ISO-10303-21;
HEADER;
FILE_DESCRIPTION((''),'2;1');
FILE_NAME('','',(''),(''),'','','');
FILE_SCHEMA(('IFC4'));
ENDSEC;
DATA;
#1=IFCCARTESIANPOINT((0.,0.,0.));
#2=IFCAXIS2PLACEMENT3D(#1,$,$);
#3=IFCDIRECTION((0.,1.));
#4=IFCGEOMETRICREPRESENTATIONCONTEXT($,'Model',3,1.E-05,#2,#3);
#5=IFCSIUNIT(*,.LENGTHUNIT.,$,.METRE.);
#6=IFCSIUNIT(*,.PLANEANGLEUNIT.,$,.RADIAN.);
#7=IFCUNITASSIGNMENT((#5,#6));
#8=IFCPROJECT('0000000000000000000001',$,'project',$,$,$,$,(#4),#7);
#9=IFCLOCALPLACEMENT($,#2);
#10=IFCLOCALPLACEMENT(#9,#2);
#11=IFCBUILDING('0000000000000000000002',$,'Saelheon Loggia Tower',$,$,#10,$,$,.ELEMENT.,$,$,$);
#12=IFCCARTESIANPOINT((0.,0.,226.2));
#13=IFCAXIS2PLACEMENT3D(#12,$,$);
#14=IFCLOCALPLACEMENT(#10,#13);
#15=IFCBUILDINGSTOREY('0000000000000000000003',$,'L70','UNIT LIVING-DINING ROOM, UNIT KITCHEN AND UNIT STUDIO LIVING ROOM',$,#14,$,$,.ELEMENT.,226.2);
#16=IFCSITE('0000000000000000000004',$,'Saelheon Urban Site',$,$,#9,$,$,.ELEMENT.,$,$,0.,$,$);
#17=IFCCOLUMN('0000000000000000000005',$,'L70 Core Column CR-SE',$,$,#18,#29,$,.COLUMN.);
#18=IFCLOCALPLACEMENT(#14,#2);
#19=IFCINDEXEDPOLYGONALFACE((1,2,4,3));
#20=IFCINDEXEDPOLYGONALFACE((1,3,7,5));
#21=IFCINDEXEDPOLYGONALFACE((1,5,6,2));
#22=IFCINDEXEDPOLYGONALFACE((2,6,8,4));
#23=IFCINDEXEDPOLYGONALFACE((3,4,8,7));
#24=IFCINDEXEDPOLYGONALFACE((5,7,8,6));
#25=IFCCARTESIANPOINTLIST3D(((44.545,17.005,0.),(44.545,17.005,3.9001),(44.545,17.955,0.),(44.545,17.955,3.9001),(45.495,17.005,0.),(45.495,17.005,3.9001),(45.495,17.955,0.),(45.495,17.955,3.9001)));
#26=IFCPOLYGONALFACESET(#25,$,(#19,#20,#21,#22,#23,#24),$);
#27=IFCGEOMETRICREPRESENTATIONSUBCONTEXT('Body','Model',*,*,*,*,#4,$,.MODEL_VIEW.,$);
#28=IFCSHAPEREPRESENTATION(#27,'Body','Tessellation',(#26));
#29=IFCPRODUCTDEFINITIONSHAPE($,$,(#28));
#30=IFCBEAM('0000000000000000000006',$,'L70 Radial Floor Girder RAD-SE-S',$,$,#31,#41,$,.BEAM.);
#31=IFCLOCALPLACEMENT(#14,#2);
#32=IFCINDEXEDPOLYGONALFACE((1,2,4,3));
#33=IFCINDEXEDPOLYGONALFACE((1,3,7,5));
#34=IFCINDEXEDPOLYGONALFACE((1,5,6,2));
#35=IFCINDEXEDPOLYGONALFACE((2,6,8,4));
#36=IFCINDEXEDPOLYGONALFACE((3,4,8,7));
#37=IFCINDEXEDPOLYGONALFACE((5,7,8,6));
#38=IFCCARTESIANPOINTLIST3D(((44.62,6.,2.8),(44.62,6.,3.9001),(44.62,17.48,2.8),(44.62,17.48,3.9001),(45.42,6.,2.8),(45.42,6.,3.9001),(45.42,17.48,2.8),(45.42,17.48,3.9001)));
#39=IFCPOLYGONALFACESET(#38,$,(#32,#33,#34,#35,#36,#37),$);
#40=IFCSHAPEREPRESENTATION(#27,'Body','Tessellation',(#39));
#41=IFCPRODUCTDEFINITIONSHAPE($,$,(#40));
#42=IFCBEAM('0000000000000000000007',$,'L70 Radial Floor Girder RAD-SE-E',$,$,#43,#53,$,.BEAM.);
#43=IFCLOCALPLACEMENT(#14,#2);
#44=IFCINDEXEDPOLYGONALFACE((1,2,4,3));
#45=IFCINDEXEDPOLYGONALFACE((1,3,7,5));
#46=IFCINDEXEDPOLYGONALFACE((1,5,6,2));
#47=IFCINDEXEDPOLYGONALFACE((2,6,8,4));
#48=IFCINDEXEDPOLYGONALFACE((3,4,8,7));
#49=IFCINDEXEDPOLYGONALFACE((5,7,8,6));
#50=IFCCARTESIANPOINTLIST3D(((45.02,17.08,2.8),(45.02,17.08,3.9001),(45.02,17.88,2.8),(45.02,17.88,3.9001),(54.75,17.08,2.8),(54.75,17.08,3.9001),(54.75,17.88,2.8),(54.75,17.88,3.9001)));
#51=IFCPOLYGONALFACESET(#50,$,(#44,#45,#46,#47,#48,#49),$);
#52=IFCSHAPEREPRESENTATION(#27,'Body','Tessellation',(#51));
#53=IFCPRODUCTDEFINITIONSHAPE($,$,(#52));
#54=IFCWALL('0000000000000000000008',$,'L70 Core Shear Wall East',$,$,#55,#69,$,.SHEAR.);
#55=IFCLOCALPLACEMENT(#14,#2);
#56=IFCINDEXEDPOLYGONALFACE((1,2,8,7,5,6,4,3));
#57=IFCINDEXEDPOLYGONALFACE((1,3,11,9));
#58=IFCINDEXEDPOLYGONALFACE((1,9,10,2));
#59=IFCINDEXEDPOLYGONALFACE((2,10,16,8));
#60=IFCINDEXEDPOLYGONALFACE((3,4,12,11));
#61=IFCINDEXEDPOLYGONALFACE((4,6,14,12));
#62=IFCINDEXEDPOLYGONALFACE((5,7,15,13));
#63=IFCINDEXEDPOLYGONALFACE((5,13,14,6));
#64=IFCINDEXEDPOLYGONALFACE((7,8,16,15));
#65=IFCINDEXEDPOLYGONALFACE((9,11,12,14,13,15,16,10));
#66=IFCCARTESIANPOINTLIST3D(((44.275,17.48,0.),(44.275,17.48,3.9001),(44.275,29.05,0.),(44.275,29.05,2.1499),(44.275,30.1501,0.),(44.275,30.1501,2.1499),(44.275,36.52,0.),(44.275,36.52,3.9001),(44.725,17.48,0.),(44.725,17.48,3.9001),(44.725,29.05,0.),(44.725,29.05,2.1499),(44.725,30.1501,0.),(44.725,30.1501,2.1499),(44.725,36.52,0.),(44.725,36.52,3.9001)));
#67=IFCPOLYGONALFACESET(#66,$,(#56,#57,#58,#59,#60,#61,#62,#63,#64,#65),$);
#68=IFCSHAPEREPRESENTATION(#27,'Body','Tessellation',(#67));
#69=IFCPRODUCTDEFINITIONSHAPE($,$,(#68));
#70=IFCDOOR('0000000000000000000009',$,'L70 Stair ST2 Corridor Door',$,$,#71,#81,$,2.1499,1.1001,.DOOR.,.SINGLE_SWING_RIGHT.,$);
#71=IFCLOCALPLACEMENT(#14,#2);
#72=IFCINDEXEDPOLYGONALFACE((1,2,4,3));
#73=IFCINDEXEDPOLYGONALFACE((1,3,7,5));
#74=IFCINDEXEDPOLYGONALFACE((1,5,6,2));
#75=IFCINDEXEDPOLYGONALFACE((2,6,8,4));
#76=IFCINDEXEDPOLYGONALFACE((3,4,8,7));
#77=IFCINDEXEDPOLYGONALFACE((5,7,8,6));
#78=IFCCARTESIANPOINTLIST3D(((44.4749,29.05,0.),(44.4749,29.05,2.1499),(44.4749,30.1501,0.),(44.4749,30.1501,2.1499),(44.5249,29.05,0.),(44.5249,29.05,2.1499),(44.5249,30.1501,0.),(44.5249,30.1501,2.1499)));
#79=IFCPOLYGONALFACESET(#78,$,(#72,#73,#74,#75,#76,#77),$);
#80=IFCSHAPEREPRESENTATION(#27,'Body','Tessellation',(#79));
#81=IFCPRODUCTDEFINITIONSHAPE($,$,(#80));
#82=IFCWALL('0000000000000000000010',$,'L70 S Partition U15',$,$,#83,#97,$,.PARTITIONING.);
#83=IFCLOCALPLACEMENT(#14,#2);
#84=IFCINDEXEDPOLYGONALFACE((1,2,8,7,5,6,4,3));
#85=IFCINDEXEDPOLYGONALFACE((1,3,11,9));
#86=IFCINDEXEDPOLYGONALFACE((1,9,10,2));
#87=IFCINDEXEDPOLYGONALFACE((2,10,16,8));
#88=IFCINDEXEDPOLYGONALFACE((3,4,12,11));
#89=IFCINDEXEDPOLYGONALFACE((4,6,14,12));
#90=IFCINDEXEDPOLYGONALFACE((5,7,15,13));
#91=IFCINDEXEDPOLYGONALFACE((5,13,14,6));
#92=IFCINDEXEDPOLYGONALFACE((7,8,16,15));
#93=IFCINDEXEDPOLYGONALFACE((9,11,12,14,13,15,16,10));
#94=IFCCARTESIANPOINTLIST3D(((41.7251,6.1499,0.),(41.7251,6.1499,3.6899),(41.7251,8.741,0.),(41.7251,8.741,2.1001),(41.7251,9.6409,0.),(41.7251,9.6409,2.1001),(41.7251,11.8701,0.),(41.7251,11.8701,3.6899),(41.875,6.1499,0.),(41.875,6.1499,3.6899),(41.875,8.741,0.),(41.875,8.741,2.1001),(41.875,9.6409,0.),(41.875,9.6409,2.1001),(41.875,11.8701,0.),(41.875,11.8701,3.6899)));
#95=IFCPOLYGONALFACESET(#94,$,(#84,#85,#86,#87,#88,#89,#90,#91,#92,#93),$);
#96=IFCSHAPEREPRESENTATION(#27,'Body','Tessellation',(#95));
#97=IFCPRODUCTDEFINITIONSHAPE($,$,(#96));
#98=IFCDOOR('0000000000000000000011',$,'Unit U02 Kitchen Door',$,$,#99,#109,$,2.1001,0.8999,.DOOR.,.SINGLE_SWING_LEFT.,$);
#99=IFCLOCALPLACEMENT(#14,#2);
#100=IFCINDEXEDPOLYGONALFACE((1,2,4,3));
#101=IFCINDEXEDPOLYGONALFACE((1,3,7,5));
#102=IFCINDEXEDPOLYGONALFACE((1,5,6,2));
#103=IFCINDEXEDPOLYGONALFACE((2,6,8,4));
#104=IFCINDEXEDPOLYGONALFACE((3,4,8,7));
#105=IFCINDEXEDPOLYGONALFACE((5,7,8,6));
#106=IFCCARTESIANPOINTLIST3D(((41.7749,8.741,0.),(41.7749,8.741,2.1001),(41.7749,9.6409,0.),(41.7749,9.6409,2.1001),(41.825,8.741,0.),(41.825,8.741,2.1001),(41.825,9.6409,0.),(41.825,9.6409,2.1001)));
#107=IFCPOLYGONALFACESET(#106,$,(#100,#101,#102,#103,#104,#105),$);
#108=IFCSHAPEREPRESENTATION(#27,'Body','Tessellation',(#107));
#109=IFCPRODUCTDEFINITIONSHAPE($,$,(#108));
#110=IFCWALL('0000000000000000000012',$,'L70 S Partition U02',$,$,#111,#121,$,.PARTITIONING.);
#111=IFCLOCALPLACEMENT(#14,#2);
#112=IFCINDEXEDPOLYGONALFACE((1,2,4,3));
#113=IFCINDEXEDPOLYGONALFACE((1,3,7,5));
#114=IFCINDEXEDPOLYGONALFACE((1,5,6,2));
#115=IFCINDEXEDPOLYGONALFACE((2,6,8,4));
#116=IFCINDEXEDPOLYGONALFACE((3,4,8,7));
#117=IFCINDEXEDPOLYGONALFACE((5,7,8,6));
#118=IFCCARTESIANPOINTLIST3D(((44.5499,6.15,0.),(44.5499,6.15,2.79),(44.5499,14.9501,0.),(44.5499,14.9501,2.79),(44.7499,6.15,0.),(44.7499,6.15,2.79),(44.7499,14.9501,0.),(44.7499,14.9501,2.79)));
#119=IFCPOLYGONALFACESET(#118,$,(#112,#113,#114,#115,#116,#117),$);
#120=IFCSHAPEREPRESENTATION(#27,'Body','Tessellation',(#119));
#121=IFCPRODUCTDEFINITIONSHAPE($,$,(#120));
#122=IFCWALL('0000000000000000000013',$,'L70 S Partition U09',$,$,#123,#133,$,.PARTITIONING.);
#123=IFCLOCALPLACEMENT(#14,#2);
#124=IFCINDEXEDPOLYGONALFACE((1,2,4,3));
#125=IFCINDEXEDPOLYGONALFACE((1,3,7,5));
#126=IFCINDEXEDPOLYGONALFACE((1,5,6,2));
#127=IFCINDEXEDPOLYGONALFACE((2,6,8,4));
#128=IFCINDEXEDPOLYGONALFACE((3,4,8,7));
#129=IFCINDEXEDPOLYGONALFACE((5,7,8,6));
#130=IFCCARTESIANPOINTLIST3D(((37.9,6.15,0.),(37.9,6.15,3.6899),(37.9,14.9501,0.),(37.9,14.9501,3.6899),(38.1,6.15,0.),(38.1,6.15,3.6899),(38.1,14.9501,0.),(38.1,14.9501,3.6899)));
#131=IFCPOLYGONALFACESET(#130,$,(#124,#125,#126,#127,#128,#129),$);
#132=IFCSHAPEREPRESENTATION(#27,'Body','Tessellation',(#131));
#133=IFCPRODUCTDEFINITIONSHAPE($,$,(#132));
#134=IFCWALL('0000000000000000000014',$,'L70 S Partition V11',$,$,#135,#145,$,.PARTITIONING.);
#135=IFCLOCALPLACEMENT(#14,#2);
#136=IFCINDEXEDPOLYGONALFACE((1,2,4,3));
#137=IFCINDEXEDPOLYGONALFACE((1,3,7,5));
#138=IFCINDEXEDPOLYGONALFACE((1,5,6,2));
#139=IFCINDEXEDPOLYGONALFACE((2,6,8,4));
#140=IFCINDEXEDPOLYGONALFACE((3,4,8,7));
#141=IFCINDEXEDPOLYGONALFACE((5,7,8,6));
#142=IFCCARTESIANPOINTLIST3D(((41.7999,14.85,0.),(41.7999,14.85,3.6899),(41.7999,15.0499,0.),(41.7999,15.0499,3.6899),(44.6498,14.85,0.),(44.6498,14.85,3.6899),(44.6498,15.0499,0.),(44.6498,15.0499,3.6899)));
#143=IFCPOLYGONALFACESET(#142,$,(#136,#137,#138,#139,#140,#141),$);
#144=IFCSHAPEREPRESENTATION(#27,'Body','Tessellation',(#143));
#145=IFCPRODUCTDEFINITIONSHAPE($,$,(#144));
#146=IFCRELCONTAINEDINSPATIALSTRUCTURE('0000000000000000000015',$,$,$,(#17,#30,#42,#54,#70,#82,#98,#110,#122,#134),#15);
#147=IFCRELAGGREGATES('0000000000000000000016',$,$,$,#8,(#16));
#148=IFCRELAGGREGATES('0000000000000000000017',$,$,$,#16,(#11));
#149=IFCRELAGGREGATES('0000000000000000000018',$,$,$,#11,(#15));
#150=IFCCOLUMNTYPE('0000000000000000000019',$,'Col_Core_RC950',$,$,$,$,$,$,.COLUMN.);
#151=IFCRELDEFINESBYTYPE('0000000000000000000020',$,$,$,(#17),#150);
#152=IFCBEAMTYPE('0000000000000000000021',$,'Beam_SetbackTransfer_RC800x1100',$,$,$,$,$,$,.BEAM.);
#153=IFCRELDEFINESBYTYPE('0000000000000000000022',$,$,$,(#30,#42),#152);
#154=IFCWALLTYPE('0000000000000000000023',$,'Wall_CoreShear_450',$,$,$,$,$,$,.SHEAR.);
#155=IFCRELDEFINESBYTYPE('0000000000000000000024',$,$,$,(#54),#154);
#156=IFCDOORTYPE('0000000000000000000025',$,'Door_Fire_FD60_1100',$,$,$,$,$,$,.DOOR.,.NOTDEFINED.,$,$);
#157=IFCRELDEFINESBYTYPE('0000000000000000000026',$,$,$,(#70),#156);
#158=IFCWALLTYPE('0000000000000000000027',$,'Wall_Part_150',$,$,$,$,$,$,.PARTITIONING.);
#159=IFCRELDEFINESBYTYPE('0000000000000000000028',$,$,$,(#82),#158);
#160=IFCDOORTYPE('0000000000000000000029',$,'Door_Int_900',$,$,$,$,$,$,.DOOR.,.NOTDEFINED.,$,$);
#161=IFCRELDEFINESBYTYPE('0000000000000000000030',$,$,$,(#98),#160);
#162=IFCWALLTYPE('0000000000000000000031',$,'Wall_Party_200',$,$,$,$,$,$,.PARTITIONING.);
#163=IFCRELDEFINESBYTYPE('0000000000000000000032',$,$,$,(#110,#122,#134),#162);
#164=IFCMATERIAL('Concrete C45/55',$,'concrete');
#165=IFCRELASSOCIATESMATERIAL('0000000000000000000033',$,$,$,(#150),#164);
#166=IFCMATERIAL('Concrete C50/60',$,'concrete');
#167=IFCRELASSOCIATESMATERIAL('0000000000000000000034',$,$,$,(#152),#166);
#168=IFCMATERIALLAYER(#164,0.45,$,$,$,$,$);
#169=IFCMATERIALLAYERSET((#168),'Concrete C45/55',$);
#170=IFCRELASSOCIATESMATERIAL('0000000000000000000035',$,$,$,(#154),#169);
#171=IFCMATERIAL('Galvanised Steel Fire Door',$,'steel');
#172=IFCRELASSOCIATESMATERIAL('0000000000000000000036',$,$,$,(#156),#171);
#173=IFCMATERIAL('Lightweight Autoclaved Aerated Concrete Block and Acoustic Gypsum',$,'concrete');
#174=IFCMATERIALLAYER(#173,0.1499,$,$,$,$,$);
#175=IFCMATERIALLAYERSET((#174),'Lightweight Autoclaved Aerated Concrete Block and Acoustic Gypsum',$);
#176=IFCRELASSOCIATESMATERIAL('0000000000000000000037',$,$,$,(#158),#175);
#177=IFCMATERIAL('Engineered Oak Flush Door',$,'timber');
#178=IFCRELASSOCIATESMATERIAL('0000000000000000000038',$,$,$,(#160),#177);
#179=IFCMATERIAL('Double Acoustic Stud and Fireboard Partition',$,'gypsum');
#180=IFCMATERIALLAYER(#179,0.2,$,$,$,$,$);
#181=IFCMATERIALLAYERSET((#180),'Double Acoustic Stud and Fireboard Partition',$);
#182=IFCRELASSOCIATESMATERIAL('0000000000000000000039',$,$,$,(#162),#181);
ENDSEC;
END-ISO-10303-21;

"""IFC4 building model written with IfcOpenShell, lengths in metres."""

from ifc_helpers import new_model, si_unit, direction, frame, frame_2d, origin, origin_2d, place, context, subcontext, project, spatial, rectangle, extrude, source, transform, mapped, material, layer, layer_set, material_profile, profile_set, type_object, element, fill, save


model = new_model("IFC4")

# Units and contexts
model_context = context("Model", 3, precision=1e-05, world=origin(), true_north=direction((0.0, 1.0)))
body_context = subcontext(model_context, "Body", "Model", "MODEL_VIEW")
ifc_project = project(units=[si_unit("LENGTHUNIT", "METRE"), si_unit("PLANEANGLEUNIT", "RADIAN")], contexts=[model_context])

# Site, building, storey
site_placement = place(None, origin())
site = spatial("IfcSite", under=ifc_project, at=site_placement, Name="Saelheon Urban Site", CompositionType="ELEMENT", RefElevation=0.0)
building_placement = place(site_placement, origin())
building = spatial("IfcBuilding", under=site, at=building_placement, Name="Saelheon Loggia Tower", CompositionType="ELEMENT")
storey_placement = place(building_placement, frame((0.0, 0.0, 226.2)))
storey = spatial("IfcBuildingStorey", under=building, at=storey_placement, Name="L70", Description="UNIT LIVING-DINING ROOM, UNIT KITCHEN AND UNIT STUDIO LIVING ROOM", CompositionType="ELEMENT", Elevation=226.2)

# Column
ifc_material_1 = material(Name="Concrete C45/55", Category="concrete")
ifc_material_profile_1 = material_profile(ifc_material_1, rectangle(XDim=0.95, YDim=0.95, at=origin_2d()), Name="RC-950x950")
ifc_profile_set_1 = profile_set([ifc_material_profile_1], Name="Concrete C45/55")
column_type = type_object("IfcColumnType", Name="Col_Core_RC950", PredefinedType="COLUMN", material=ifc_profile_set_1)
shared_shape_1 = source(origin(), body_context, "Body", "SweptSolid", [
    extrude(rectangle(XDim=0.95, YDim=0.95, at=origin_2d()), origin(), (0.0, 0.0, 1.0), 3.9001),
])
column_placement = place(storey_placement, frame((45.02, 17.48, 0.0), z_axis=(0.0, 0.0, 1.0), x_axis=(1.0, 0.0, 0.0)))
element("IfcColumn", 1, at=column_placement, inside=storey, type_object=column_type, Name="L70 Core Column CR-SE", PredefinedType="COLUMN", context=body_context, shape_type="MappedRepresentation", body=[
    mapped(shared_shape_1, transform((0.0, 0.0, 0.0), scale=1.0)),
])

# Beams
ifc_material_2 = material(Name="Concrete C50/60", Category="concrete")
ifc_material_profile_2 = material_profile(ifc_material_2, rectangle(XDim=0.8, YDim=1.1001, at=origin_2d()), Name="RC-800x1100")
ifc_profile_set_2 = profile_set([ifc_material_profile_2], Name="Concrete C50/60")
beam_type = type_object("IfcBeamType", Name="Beam_SetbackTransfer_RC800x1100", PredefinedType="BEAM", material=ifc_profile_set_2)
shared_shape_2 = source(origin(), body_context, "Body", "SweptSolid", [
    extrude(rectangle(XDim=0.8, YDim=1.1001, at=origin_2d()), origin(), (0.0, 0.0, 1.0), 11.48),
])
beam_1_placement = place(storey_placement, frame((45.02, 17.48, 3.3501), z_axis=(0.0, -1.0, 0.0), x_axis=(1.0, 0.0, 0.0)))
element("IfcBeam", 2, at=beam_1_placement, inside=storey, type_object=beam_type, Name="L70 Radial Floor Girder RAD-SE-S", PredefinedType="BEAM", context=body_context, shape_type="MappedRepresentation", body=[
    mapped(shared_shape_2, transform((0.0, 0.0, 0.0), scale=1.0)),
])
shared_shape_3 = source(origin(), body_context, "Body", "SweptSolid", [
    extrude(rectangle(XDim=0.8, YDim=1.1001, at=origin_2d()), origin(), (0.0, 0.0, 1.0), 9.73),
])
beam_2_placement = place(storey_placement, frame((45.02, 17.48, 3.3501), z_axis=(1.0, 0.0, 0.0), x_axis=(0.0, 1.0, 0.0)))
element("IfcBeam", 3, at=beam_2_placement, inside=storey, type_object=beam_type, Name="L70 Radial Floor Girder RAD-SE-E", PredefinedType="BEAM", context=body_context, shape_type="MappedRepresentation", body=[
    mapped(shared_shape_3, transform((0.0, 0.0, 0.0), scale=1.0)),
])

# Walls, openings, doors
ifc_layer_1 = layer(ifc_material_1, 0.45)
ifc_layer_set_1 = layer_set([ifc_layer_1], Name="Concrete C45/55")
wall_type_1 = type_object("IfcWallType", Name="Wall_CoreShear_450", PredefinedType="SHEAR", material=ifc_layer_set_1)
wall_1_placement = place(storey_placement, frame((44.5, 17.48, 0.0), z_axis=(0.0, 0.0, 1.0), x_axis=(0.0, 1.0, 0.0)))
wall_1 = element("IfcWall", 4, at=wall_1_placement, inside=storey, type_object=wall_type_1, Name="L70 Core Shear Wall East", PredefinedType="SHEAR", context=body_context, shape_type="SweptSolid", body=[
    extrude(rectangle(XDim=19.04, YDim=0.45, at=frame_2d((9.52, 0.0))), origin(), (0.0, 0.0, 1.0), 3.9001),
])
opening_1_placement = place(wall_1_placement, frame((12.6702, 0.0, 0.0), z_axis=(0.0, 0.0, 1.0), x_axis=(-1.0, 0.0, 0.0)))
opening_1 = element("IfcOpeningElement", 5, at=opening_1_placement, cuts=wall_1, PredefinedType="OPENING", context=body_context, shape_type="SweptSolid", body=[
    extrude(rectangle(XDim=1.1001, YDim=2.1499, at=frame_2d((0.55, 1.075))), frame((0.0, 0.2371, 0.0), z_axis=(0.0, -1.0, 0.0), x_axis=(1.0, 0.0, 0.0)), (0.0, 0.0, 1.0), 0.4739),
])
ifc_material_3 = material(Name="Galvanised Steel Fire Door", Category="steel")
door_type_1 = type_object("IfcDoorType", Name="Door_Fire_FD60_1100", OperationType="NOTDEFINED", PredefinedType="DOOR", material=ifc_material_3)
shared_shape_4 = source(origin(), body_context, "Body", "SweptSolid", [
    extrude(rectangle(XDim=1.1001, YDim=2.1499, at=frame_2d((0.55, 1.075))), frame((0.0, 0.0249, 0.0), z_axis=(0.0, -1.0, 0.0), x_axis=(1.0, 0.0, 0.0)), (0.0, 0.0, 1.0), 0.05),
])
door_1_placement = place(opening_1_placement, origin())
door_1 = element("IfcDoor", 6, at=door_1_placement, inside=storey, type_object=door_type_1, Name="L70 Stair ST2 Corridor Door", OperationType="SINGLE_SWING_RIGHT", OverallHeight=2.1499, OverallWidth=1.1001, PredefinedType="DOOR", context=body_context, shape_type="MappedRepresentation", body=[
    mapped(shared_shape_4, transform((0.0, 0.0, 0.0), scale=1.0)),
])
fill(opening_1, door_1)
ifc_material_4 = material(Name="Lightweight Autoclaved Aerated Concrete Block and Acoustic Gypsum", Category="concrete")
ifc_layer_2 = layer(ifc_material_4, 0.1499)
ifc_layer_set_2 = layer_set([ifc_layer_2], Name="Lightweight Autoclaved Aerated Concrete Block and Acoustic Gypsum")
wall_type_2 = type_object("IfcWallType", Name="Wall_Part_150", PredefinedType="PARTITIONING", material=ifc_layer_set_2)
wall_2_placement = place(storey_placement, frame((41.8, 11.8701, 0.0), z_axis=(0.0, 0.0, 1.0), x_axis=(0.0, -1.0, 0.0)))
wall_2 = element("IfcWall", 7, at=wall_2_placement, inside=storey, type_object=wall_type_2, Name="L70 S Partition U15", PredefinedType="PARTITIONING", context=body_context, shape_type="SweptSolid", body=[
    extrude(rectangle(XDim=5.7202, YDim=0.1499, at=frame_2d((2.8601, 0.0))), origin(), (0.0, 0.0, 1.0), 3.6899),
])
opening_2_placement = place(wall_2_placement, frame((2.2292, 0.0, 0.0)))
opening_2 = element("IfcOpeningElement", 8, at=opening_2_placement, cuts=wall_2, PredefinedType="OPENING", context=body_context, shape_type="SweptSolid", body=[
    extrude(rectangle(XDim=0.8999, YDim=2.1001, at=frame_2d((0.45, 1.05))), frame((0.0, 0.0869, 0.0), z_axis=(0.0, -1.0, 0.0), x_axis=(1.0, 0.0, 0.0)), (0.0, 0.0, 1.0), 0.1738),
])
ifc_material_5 = material(Name="Engineered Oak Flush Door", Category="timber")
door_type_2 = type_object("IfcDoorType", Name="Door_Int_900", OperationType="NOTDEFINED", PredefinedType="DOOR", material=ifc_material_5)
shared_shape_5 = source(origin(), body_context, "Body", "SweptSolid", [
    extrude(rectangle(XDim=0.8999, YDim=2.1001, at=frame_2d((0.45, 1.05))), frame((0.0, 0.0249, 0.0), z_axis=(0.0, -1.0, 0.0), x_axis=(1.0, 0.0, 0.0)), (0.0, 0.0, 1.0), 0.05),
])
door_2_placement = place(opening_2_placement, origin())
door_2 = element("IfcDoor", 9, at=door_2_placement, inside=storey, type_object=door_type_2, Name="Unit U02 Kitchen Door", OperationType="SINGLE_SWING_LEFT", OverallHeight=2.1001, OverallWidth=0.8999, PredefinedType="DOOR", context=body_context, shape_type="MappedRepresentation", body=[
    mapped(shared_shape_5, transform((0.0, 0.0, 0.0), scale=1.0)),
])
fill(opening_2, door_2)

# Walls
ifc_material_6 = material(Name="Double Acoustic Stud and Fireboard Partition", Category="gypsum")
ifc_layer_3 = layer(ifc_material_6, 0.2)
ifc_layer_set_3 = layer_set([ifc_layer_3], Name="Double Acoustic Stud and Fireboard Partition")
wall_type_3 = type_object("IfcWallType", Name="Wall_Party_200", PredefinedType="PARTITIONING", material=ifc_layer_set_3)
wall_3_placement = place(storey_placement, frame((44.6499, 14.95, 0.0), z_axis=(0.0, 0.0, 1.0), x_axis=(0.0, -1.0, 0.0)))
element("IfcWall", 10, at=wall_3_placement, inside=storey, type_object=wall_type_3, Name="L70 S Partition U02", PredefinedType="PARTITIONING", context=body_context, shape_type="SweptSolid", body=[
    extrude(rectangle(XDim=8.8, YDim=0.2, at=frame_2d((4.3999, 0.0))), origin(), (0.0, 0.0, 1.0), 2.79),
])
wall_4_placement = place(storey_placement, frame((38.0, 14.95, 0.0), z_axis=(0.0, 0.0, 1.0), x_axis=(0.0, -1.0, 0.0)))
element("IfcWall", 11, at=wall_4_placement, inside=storey, type_object=wall_type_3, Name="L70 S Partition U09", PredefinedType="PARTITIONING", context=body_context, shape_type="SweptSolid", body=[
    extrude(rectangle(XDim=8.8, YDim=0.2, at=frame_2d((4.3999, 0.0))), origin(), (0.0, 0.0, 1.0), 3.6899),
])

# Wall
wall_5_placement = place(storey_placement, frame((41.8, 14.95, 0.0), z_axis=(0.0, 0.0, 1.0), x_axis=(1.0, 0.0, 0.0)))
element("IfcWall", 12, at=wall_5_placement, inside=storey, type_object=wall_type_3, Name="L70 S Partition V11", PredefinedType="PARTITIONING", context=body_context, shape_type="SweptSolid", body=[
    extrude(rectangle(XDim=2.8499, YDim=0.2, at=frame_2d((1.4248, 0.0))), origin(), (0.0, 0.0, 1.0), 3.6899),
])

save(model, "model.ifc")
